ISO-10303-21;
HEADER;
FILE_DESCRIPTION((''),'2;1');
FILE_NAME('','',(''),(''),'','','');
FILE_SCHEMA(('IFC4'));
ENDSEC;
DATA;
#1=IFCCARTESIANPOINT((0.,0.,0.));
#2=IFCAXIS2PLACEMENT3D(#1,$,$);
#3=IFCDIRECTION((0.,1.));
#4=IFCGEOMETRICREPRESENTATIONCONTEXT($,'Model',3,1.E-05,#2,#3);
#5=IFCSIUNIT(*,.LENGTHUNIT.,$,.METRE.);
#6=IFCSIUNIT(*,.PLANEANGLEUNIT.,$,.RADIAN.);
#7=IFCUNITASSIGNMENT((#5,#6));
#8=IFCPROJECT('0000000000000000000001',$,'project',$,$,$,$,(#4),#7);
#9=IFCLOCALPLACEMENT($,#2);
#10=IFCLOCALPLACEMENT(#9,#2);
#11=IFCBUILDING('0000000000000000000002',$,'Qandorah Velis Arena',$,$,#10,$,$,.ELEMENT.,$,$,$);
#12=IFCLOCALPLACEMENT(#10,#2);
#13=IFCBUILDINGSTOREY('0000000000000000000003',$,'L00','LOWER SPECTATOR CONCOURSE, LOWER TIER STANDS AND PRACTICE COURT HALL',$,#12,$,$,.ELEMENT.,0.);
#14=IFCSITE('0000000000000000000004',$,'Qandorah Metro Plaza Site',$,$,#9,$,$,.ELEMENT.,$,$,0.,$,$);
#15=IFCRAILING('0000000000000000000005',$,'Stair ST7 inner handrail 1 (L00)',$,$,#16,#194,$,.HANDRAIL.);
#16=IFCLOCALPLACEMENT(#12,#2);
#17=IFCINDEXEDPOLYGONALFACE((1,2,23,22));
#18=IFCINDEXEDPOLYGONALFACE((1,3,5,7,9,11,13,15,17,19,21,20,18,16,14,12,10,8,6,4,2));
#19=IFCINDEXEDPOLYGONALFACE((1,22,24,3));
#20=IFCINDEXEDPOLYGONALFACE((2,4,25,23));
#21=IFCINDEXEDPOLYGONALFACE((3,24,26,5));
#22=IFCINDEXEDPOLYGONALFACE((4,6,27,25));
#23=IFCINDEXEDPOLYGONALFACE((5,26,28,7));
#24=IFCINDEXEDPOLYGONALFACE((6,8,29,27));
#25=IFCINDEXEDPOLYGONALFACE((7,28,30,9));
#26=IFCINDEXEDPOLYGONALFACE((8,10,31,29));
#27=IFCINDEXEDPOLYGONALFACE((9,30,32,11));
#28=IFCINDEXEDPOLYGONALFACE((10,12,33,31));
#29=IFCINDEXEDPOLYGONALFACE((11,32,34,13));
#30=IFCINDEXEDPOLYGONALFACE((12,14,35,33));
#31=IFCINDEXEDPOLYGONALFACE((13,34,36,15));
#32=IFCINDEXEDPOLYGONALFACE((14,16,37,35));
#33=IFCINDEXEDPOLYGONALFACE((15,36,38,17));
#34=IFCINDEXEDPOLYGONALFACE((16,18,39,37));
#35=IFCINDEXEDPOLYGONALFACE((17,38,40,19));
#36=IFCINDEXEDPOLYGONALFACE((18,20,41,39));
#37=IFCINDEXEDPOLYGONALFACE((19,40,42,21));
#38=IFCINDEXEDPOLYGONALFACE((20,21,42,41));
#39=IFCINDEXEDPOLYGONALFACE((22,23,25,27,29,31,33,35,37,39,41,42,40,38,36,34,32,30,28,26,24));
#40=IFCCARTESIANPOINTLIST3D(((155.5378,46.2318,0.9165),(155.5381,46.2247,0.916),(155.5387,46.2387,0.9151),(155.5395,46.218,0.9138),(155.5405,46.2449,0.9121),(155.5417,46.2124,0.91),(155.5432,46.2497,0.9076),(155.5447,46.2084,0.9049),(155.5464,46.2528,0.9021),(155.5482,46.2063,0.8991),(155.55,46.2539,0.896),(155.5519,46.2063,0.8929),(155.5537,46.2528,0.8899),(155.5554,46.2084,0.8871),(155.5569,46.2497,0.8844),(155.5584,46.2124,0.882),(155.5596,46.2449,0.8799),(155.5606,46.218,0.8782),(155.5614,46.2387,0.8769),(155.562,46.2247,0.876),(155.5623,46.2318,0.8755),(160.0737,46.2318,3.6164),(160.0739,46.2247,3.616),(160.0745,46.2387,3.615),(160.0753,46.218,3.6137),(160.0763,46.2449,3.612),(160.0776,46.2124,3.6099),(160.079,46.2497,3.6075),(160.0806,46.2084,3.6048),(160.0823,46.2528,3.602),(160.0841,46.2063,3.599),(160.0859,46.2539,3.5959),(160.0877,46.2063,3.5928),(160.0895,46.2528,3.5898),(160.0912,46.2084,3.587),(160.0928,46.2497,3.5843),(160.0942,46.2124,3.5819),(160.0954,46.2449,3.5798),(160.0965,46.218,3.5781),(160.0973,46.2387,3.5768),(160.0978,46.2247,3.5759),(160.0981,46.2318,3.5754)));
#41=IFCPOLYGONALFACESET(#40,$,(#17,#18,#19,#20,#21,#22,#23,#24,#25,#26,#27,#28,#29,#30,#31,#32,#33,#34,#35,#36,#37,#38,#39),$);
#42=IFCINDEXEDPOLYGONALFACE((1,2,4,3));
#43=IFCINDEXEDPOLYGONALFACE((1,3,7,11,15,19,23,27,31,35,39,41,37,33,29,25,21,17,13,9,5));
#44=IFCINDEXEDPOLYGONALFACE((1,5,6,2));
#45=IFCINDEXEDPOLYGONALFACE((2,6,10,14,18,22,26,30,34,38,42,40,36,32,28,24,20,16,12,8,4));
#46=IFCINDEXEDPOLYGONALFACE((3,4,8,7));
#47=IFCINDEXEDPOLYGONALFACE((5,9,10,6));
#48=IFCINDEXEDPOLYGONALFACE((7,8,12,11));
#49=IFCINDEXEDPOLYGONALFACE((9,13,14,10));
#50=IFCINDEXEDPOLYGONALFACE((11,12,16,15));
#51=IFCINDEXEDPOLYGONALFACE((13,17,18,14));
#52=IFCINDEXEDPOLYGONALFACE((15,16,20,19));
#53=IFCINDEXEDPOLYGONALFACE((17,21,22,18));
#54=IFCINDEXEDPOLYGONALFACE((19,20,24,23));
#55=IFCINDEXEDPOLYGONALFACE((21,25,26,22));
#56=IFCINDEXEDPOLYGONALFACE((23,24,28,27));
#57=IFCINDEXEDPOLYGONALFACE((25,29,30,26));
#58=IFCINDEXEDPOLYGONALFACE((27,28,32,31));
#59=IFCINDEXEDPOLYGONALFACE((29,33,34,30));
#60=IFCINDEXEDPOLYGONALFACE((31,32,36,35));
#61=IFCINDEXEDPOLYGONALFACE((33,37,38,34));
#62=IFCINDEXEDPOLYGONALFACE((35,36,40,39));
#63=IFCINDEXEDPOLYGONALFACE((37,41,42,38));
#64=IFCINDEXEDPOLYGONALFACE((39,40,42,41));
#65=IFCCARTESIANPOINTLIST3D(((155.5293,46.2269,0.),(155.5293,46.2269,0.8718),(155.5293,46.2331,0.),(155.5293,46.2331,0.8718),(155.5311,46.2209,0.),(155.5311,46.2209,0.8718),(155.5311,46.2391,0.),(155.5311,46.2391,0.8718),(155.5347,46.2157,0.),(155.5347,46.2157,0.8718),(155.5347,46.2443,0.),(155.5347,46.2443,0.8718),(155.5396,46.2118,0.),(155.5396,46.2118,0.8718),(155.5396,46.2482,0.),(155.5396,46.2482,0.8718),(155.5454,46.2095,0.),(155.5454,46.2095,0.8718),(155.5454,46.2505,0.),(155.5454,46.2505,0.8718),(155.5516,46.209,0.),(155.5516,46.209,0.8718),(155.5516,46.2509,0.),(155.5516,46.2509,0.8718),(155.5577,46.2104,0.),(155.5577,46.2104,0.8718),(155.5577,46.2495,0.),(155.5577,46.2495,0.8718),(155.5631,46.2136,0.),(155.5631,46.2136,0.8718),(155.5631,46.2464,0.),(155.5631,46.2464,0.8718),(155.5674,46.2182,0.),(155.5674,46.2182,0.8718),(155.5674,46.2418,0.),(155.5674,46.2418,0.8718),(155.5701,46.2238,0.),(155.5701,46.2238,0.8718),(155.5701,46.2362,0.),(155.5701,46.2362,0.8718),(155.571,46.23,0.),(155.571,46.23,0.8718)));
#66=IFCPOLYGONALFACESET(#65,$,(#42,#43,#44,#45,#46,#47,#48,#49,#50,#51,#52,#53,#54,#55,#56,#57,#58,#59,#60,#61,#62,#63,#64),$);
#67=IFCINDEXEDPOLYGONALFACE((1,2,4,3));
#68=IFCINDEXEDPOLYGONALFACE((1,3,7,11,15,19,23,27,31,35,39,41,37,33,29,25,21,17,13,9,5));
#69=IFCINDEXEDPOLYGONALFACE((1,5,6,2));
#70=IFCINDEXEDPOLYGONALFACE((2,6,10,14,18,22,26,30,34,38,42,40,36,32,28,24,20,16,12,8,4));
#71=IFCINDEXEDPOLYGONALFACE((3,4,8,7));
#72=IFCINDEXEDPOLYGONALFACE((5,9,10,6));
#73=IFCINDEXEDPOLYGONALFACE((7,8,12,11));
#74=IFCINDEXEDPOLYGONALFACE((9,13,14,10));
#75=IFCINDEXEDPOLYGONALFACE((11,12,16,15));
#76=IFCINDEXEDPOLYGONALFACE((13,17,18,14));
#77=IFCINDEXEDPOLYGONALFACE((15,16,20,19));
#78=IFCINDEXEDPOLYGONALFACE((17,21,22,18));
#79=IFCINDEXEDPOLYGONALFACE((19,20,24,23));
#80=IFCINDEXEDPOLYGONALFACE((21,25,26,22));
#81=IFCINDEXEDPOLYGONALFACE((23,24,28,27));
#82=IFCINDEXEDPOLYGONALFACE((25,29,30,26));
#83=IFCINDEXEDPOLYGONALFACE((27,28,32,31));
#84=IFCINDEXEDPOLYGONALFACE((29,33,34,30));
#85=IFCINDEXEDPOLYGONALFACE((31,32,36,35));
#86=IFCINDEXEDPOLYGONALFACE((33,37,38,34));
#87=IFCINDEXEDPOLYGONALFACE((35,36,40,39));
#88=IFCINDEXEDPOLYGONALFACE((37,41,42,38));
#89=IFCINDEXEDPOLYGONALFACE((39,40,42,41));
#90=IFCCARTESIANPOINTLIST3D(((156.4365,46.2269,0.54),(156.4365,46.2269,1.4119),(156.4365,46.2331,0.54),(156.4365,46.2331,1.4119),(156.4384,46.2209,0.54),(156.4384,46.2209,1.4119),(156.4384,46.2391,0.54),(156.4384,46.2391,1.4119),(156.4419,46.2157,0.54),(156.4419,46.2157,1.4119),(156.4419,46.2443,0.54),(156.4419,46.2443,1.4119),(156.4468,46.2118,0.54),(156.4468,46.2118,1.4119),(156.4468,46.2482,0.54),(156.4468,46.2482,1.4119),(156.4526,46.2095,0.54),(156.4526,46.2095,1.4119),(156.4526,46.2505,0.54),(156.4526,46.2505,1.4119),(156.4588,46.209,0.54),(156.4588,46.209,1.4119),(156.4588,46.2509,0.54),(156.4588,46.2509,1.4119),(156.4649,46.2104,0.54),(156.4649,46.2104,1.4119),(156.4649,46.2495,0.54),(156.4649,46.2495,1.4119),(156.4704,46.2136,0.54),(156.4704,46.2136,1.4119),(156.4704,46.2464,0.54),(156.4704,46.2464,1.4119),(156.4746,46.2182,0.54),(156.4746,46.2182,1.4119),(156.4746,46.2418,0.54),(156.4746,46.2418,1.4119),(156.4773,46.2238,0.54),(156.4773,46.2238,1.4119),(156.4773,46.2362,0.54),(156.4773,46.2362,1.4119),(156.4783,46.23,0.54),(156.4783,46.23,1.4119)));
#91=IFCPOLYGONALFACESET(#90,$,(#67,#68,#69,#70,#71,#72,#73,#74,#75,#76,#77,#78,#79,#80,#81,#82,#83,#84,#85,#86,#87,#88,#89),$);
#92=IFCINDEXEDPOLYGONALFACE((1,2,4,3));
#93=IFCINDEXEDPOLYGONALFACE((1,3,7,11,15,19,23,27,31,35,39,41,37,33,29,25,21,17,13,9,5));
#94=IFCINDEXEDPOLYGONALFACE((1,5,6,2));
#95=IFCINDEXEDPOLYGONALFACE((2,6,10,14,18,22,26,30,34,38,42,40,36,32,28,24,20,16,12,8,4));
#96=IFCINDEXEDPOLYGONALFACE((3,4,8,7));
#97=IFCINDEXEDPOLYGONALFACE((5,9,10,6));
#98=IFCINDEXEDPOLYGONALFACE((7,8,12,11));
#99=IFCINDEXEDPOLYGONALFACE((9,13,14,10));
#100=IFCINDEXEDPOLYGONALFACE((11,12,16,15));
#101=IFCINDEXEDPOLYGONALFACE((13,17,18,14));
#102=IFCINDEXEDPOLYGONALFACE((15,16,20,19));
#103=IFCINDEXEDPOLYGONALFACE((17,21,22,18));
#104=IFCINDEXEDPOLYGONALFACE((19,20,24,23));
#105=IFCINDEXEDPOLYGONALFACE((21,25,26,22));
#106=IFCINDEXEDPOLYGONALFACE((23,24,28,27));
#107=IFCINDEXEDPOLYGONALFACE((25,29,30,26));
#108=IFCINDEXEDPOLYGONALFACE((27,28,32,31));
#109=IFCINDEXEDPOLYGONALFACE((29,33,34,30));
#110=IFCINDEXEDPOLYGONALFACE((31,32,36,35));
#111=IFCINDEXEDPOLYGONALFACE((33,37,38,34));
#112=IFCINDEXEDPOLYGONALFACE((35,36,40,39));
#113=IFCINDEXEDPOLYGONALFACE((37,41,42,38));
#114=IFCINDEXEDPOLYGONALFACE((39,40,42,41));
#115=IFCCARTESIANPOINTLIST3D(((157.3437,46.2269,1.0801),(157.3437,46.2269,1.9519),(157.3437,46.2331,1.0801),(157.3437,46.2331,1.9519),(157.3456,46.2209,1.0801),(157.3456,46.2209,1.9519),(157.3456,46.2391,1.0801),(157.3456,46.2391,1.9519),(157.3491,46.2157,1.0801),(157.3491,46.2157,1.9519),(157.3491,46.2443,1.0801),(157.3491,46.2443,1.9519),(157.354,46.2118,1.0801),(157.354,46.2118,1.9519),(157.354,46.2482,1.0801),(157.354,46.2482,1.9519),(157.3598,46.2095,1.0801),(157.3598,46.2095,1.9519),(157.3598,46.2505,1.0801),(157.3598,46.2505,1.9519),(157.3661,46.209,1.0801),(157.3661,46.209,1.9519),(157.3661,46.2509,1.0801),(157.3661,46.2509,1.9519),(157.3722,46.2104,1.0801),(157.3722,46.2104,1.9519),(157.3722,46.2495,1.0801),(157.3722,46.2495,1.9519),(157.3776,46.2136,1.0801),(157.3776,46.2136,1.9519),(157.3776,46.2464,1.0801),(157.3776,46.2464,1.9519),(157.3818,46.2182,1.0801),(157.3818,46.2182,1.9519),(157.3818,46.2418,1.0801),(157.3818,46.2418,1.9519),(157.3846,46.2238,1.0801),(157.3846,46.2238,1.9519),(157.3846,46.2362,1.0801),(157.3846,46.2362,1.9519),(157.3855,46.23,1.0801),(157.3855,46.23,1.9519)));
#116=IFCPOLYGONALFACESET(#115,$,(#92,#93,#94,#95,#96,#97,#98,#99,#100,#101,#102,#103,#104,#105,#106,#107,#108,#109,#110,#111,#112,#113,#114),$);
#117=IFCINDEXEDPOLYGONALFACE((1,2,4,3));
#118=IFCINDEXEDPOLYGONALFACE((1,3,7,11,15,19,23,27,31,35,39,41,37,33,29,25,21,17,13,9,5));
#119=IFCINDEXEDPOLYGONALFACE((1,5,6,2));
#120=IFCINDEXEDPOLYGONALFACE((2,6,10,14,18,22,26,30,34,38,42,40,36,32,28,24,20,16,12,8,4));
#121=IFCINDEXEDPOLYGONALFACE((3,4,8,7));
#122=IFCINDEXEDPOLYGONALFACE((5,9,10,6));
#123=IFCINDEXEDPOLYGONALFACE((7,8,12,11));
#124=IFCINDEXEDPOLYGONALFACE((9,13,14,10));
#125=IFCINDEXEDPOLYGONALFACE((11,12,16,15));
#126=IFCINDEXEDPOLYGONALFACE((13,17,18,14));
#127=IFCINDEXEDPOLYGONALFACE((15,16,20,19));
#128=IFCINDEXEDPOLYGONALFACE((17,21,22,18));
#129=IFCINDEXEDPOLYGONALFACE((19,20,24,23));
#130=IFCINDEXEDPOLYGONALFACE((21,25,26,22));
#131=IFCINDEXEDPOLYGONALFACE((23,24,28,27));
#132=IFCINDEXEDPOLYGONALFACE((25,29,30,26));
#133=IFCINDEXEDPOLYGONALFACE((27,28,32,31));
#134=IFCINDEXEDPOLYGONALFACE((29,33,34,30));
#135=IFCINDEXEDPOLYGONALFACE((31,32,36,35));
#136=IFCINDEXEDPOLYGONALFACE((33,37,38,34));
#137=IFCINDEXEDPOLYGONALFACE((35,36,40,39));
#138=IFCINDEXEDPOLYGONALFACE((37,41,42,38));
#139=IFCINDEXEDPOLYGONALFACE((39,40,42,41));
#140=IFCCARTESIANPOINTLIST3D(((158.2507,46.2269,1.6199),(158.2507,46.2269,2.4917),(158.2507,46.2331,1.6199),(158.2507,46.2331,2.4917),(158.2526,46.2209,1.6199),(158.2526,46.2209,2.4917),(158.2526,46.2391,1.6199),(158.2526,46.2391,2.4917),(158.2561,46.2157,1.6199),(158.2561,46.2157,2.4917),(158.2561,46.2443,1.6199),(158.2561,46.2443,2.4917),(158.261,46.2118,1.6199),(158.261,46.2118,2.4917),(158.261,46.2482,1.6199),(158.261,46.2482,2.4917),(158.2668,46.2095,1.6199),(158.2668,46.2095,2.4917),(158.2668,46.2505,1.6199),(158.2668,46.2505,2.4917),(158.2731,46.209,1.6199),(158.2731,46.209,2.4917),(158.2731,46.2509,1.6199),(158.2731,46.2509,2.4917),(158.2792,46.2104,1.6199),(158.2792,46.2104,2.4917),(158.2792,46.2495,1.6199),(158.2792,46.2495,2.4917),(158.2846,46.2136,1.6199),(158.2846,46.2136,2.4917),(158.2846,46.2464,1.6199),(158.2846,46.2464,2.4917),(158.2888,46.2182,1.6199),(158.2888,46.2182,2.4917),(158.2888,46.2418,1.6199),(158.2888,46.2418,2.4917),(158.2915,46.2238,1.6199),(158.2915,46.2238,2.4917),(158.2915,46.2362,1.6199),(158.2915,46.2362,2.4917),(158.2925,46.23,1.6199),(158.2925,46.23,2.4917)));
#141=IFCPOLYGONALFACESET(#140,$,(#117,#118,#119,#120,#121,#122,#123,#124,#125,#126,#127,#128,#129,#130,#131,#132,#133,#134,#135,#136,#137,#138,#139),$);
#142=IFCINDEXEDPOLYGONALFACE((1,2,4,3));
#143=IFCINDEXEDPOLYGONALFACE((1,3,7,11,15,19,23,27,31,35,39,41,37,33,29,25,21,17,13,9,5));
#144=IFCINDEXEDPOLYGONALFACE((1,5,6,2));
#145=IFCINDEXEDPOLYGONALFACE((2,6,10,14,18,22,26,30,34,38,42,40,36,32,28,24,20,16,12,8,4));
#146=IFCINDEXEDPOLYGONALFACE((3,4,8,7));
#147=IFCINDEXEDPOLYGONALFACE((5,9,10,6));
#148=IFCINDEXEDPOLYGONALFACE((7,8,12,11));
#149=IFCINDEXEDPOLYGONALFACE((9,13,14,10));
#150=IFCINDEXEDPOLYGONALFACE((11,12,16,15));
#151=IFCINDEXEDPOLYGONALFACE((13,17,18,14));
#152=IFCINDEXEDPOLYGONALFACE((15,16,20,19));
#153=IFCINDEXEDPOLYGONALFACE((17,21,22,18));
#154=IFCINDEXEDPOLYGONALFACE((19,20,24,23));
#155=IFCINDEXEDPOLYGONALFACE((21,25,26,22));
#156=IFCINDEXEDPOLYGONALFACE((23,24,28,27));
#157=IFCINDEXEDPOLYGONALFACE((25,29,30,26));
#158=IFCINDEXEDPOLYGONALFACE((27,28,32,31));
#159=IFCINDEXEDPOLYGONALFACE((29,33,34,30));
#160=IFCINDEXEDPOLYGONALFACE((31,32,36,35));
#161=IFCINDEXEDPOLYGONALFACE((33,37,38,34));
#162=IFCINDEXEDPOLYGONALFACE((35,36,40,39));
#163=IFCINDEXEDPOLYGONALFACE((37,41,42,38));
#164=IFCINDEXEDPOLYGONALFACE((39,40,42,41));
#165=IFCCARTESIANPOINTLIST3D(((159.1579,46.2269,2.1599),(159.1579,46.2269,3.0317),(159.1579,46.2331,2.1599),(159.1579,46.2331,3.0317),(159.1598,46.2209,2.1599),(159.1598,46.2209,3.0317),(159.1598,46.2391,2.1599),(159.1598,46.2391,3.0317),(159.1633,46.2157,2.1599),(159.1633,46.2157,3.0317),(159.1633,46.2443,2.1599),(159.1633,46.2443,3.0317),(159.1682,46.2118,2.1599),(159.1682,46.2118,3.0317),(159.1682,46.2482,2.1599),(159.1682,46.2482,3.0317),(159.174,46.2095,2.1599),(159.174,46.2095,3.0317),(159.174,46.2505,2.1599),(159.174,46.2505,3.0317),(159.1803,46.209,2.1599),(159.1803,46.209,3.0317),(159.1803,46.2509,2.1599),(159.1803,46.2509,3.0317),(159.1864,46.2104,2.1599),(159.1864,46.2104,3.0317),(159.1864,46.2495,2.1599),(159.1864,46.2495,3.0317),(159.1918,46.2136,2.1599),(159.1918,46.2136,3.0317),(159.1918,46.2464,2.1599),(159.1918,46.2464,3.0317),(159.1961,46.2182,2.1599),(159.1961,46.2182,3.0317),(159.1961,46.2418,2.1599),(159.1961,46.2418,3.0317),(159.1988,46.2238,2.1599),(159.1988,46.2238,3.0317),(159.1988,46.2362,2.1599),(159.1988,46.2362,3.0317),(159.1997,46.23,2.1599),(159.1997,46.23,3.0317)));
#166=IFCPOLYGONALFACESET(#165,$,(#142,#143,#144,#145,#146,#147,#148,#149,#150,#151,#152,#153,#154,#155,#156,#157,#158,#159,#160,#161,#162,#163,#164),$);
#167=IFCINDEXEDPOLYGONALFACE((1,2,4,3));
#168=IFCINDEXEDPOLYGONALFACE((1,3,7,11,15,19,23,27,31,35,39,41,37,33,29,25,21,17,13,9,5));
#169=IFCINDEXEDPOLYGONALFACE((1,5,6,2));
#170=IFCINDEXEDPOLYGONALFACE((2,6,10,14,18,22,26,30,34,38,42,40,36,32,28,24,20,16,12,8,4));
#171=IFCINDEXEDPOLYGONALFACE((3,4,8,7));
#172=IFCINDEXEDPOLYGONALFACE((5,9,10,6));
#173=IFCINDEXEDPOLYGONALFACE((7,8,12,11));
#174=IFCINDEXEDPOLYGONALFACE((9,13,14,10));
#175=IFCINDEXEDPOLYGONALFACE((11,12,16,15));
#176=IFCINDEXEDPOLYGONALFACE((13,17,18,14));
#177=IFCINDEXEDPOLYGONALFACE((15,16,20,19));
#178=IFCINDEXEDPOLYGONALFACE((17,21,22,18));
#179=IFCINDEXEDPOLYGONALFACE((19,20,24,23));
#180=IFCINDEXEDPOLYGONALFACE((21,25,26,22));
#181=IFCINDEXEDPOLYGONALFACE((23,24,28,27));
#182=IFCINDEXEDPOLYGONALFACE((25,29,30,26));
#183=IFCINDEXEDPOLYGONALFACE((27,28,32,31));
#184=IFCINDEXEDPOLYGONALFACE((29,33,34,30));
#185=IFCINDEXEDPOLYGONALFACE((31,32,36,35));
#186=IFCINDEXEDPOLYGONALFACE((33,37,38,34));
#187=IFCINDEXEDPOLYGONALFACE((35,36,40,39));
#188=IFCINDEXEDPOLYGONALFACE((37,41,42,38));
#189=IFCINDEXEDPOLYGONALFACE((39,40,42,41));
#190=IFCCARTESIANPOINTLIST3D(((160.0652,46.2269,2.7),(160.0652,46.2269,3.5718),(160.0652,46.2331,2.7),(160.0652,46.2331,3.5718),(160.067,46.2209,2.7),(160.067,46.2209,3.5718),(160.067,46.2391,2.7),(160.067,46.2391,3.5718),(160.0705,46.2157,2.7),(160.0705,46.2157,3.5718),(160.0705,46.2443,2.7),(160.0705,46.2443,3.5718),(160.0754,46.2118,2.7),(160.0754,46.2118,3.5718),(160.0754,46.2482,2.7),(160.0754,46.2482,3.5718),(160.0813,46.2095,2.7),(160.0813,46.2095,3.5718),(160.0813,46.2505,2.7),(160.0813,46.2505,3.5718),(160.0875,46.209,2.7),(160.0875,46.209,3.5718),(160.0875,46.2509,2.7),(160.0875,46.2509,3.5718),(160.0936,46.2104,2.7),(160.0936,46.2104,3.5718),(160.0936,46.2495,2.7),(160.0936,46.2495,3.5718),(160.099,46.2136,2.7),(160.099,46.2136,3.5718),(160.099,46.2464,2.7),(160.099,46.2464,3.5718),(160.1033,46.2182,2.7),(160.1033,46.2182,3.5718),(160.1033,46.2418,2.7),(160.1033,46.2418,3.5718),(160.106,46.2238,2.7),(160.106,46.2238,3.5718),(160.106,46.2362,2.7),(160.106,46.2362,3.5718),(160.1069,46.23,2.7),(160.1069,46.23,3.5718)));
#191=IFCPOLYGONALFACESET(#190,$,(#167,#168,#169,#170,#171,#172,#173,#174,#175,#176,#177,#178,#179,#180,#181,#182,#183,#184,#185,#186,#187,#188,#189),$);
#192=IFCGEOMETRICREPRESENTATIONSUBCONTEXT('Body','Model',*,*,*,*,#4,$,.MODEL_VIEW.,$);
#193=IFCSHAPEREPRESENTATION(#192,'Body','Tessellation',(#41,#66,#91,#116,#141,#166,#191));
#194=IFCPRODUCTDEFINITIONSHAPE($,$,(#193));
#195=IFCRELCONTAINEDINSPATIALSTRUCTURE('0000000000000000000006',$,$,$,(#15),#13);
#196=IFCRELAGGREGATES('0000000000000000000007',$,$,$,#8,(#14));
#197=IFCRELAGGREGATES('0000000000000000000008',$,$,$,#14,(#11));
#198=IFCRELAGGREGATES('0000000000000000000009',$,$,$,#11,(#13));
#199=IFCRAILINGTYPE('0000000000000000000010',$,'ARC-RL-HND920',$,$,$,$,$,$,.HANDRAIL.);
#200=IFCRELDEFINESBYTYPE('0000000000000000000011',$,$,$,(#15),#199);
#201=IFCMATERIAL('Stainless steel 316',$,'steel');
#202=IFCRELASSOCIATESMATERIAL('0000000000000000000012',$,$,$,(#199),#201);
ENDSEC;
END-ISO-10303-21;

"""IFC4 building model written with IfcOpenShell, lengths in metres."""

from ifc_helpers import new_model, si_unit, direction, frame, origin, origin_2d, place, context, subcontext, project, spatial, circle, extrude, material, type_object, element, save


model = new_model("IFC4")

# Units and contexts
model_context = context("Model", 3, precision=1e-05, world=origin(), true_north=direction((0.0, 1.0)))
body_context = subcontext(model_context, "Body", "Model", "MODEL_VIEW")
ifc_project = project(units=[si_unit("LENGTHUNIT", "METRE"), si_unit("PLANEANGLEUNIT", "RADIAN")], contexts=[model_context])

# Site, building, storey
site_placement = place(None, origin())
site = spatial("IfcSite", under=ifc_project, at=site_placement, Name="Qandorah Metro Plaza Site", CompositionType="ELEMENT", RefElevation=0.0)
building_placement = place(site_placement, origin())
building = spatial("IfcBuilding", under=site, at=building_placement, Name="Qandorah Velis Arena", CompositionType="ELEMENT")
storey_placement = place(building_placement, origin())
storey = spatial("IfcBuildingStorey", under=building, at=storey_placement, Name="L00", Description="LOWER SPECTATOR CONCOURSE, LOWER TIER STANDS AND PRACTICE COURT HALL", CompositionType="ELEMENT", Elevation=0.0)

# Railing
ifc_material_1 = material(Name="Stainless steel 316", Category="steel")
railing_type_1 = type_object("IfcRailingType", Name="ARC-RL-HND920", PredefinedType="HANDRAIL", material=ifc_material_1)
railing_1_placement = place(storey_placement, frame((155.55, 46.23, 0.0)))
element("IfcRailing", 1, at=railing_1_placement, inside=storey, type_object=railing_type_1, Name="Stair ST7 inner handrail 1 (L00)", PredefinedType="HANDRAIL", context=body_context, shape_type="SweptSolid", body=[
    extrude(circle(Radius=0.0239, at=origin_2d()), frame((0.0, 0.0, 0.896), z_axis=(0.859291, 0.0, 0.511486), x_axis=(0.0, 1.0, 0.0)), (0.0, 0.0, 1.0), 5.2786),
    extrude(circle(Radius=0.021, at=origin_2d()), origin(), (0.0, 0.0, 1.0), 0.8718),
    extrude(circle(Radius=0.021, at=origin_2d()), frame((0.9072, 0.0, 0.54)), (0.0, 0.0, 1.0), 0.8718),
    extrude(circle(Radius=0.021, at=origin_2d()), frame((1.8145, 0.0, 1.0801)), (0.0, 0.0, 1.0), 0.8718),
    extrude(circle(Radius=0.021, at=origin_2d()), frame((2.7214, 0.0, 1.6199)), (0.0, 0.0, 1.0), 0.8718),
    extrude(circle(Radius=0.021, at=origin_2d()), frame((3.6287, 0.0, 2.1599)), (0.0, 0.0, 1.0), 0.8718),
    extrude(circle(Radius=0.021, at=origin_2d()), frame((4.5359, 0.0, 2.7)), (0.0, 0.0, 1.0), 0.8718),
])

save(model, "model.ifc")
